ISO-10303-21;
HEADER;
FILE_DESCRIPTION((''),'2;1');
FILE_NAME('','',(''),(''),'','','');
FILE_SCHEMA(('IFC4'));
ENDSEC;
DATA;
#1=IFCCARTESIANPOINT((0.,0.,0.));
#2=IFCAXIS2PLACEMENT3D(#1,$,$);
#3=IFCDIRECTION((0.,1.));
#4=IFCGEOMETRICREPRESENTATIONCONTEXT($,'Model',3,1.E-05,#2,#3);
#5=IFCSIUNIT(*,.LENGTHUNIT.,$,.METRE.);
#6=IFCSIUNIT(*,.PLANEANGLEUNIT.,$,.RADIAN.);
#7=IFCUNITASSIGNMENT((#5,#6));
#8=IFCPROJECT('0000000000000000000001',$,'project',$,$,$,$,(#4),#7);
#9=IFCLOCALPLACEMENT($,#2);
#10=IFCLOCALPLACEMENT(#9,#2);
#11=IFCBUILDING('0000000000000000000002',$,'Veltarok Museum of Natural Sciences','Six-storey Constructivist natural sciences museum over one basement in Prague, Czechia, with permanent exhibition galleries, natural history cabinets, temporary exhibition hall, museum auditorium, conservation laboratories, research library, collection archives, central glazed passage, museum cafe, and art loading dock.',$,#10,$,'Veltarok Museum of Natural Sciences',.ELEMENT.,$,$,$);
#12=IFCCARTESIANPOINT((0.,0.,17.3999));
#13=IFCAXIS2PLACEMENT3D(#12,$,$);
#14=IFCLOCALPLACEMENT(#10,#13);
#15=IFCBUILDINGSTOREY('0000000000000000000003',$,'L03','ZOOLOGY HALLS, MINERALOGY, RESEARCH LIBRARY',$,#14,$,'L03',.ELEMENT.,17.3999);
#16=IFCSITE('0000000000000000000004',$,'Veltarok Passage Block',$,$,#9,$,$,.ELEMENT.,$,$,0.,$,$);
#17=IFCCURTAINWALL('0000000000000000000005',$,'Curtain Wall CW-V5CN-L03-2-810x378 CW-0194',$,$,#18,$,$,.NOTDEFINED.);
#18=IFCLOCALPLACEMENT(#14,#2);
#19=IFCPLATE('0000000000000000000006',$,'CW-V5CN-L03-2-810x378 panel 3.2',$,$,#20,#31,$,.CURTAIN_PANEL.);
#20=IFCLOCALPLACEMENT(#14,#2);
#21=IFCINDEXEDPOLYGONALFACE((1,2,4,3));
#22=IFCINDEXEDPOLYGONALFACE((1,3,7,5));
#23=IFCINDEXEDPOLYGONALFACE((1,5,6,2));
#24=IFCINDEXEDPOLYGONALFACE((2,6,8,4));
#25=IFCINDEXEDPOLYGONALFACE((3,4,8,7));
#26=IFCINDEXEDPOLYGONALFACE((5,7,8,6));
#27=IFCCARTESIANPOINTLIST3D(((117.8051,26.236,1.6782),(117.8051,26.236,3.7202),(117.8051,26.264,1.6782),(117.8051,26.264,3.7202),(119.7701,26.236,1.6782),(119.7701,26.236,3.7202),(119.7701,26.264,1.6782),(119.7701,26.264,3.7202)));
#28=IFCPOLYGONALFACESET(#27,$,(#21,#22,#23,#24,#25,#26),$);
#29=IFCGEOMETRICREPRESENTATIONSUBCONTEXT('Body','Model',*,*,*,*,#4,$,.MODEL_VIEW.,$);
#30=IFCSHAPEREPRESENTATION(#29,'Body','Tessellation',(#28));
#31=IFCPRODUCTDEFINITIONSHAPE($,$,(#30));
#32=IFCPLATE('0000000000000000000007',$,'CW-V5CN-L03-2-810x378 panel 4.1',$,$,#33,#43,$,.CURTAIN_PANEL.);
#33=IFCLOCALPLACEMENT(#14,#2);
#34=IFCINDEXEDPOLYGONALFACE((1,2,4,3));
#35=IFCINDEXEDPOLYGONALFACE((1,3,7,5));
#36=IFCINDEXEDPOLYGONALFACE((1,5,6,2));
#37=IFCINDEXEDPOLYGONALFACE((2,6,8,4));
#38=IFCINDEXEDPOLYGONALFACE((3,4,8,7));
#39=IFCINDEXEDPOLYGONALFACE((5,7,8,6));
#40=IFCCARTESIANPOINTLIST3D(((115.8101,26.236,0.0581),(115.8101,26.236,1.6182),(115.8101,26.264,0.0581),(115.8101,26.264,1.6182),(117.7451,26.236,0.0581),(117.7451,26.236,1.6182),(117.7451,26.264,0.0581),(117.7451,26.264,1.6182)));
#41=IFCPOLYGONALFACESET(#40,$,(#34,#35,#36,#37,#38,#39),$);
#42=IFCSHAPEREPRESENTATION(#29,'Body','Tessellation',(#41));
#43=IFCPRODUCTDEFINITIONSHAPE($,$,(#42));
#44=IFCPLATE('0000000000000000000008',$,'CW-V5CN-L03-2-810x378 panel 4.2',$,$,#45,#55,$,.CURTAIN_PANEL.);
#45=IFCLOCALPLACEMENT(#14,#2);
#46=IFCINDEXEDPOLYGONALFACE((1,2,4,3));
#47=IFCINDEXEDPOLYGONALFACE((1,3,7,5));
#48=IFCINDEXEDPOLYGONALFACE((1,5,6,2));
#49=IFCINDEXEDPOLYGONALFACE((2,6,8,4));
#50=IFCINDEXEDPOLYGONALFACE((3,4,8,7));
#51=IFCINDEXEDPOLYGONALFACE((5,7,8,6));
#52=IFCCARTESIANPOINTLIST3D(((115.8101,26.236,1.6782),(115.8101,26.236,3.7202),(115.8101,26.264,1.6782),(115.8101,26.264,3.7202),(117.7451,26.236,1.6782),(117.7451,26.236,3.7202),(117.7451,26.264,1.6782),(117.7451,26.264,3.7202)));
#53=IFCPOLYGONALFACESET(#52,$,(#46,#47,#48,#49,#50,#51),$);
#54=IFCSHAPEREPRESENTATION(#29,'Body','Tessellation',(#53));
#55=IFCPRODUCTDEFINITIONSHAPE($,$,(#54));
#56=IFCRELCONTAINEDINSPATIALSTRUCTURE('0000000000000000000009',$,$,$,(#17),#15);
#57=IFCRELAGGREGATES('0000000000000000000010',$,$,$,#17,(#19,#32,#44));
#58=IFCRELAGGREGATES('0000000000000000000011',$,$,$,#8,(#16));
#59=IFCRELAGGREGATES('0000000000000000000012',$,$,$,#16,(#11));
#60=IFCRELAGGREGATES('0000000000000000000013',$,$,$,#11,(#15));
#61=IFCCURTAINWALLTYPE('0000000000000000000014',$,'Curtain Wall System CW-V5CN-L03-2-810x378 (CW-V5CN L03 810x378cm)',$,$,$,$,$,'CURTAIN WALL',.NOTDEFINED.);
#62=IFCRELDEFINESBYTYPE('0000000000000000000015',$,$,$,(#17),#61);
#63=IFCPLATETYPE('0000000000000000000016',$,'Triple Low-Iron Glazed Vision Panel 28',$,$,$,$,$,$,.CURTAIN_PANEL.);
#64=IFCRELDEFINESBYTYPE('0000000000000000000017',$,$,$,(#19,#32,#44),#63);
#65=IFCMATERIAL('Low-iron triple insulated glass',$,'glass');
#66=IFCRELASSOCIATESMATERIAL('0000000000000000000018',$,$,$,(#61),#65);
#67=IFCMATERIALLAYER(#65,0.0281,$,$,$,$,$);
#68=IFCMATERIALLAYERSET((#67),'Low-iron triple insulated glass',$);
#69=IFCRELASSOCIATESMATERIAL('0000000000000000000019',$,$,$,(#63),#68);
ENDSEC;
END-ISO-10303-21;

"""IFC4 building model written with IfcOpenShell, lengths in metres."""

from ifc_helpers import new_model, si_unit, direction, frame, origin, origin_2d, place, context, subcontext, project, spatial, rectangle, extrude, material, layer, layer_set, type_object, element, aggregate, save


model = new_model("IFC4")

# Units and contexts
model_context = context("Model", 3, precision=1e-05, world=origin(), true_north=direction((0.0, 1.0)))
body_context = subcontext(model_context, "Body", "Model", "MODEL_VIEW")
ifc_project = project(units=[si_unit("LENGTHUNIT", "METRE"), si_unit("PLANEANGLEUNIT", "RADIAN")], contexts=[model_context])

# Site, building, storey
site_placement = place(None, origin())
site = spatial("IfcSite", under=ifc_project, at=site_placement, Name="Veltarok Passage Block", CompositionType="ELEMENT", RefElevation=0.0)
building_placement = place(site_placement, origin())
building = spatial("IfcBuilding", under=site, at=building_placement, Name="Veltarok Museum of Natural Sciences", Description="Six-storey Constructivist natural sciences museum over one basement in Prague, Czechia, with permanent exhibition galleries, natural history cabinets, temporary exhibition hall, museum auditorium, conservation laboratories, research library, collection archives, central glazed passage, museum cafe, and art loading dock.", LongName="Veltarok Museum of Natural Sciences", CompositionType="ELEMENT")
storey_placement = place(building_placement, frame((0.0, 0.0, 17.3999)))
storey = spatial("IfcBuildingStorey", under=building, at=storey_placement, Name="L03", Description="ZOOLOGY HALLS, MINERALOGY, RESEARCH LIBRARY", LongName="L03", CompositionType="ELEMENT", Elevation=17.3999)

# Curtain wall
ifc_material_1 = material(Name="Low-iron triple insulated glass", Category="glass")
curtain_wall_type_1 = type_object("IfcCurtainWallType", Name="Curtain Wall System CW-V5CN-L03-2-810x378 (CW-V5CN L03 810x378cm)", ElementType="CURTAIN WALL", PredefinedType="NOTDEFINED", material=ifc_material_1)
curtain_wall_1_placement = place(storey_placement, origin())
curtain_wall_1 = element("IfcCurtainWall", 1, at=curtain_wall_1_placement, inside=storey, type_object=curtain_wall_type_1, Name="Curtain Wall CW-V5CN-L03-2-810x378 CW-0194", PredefinedType="NOTDEFINED")

# Plates
ifc_layer = layer(ifc_material_1, 0.0281)
ifc_layer_set = layer_set([ifc_layer], Name="Low-iron triple insulated glass")
plate_type = type_object("IfcPlateType", Name="Triple Low-Iron Glazed Vision Panel 28", PredefinedType="CURTAIN_PANEL", material=ifc_layer_set)
plate_1_placement = place(storey_placement, frame((118.7876, 26.25, 1.6782), z_axis=(0.0, 0.0, 1.0), x_axis=(-1.0, 0.0, 0.0)))
plate_1 = element("IfcPlate", 2, at=plate_1_placement, type_object=plate_type, Name="CW-V5CN-L03-2-810x378 panel 3.2", PredefinedType="CURTAIN_PANEL", context=body_context, shape_type="SweptSolid", body=[
    extrude(rectangle(XDim=1.9651, YDim=0.0281, at=origin_2d()), origin(), (0.0, 0.0, 1.0), 2.042),
])
plate_2_placement = place(storey_placement, frame((116.7776, 26.25, 0.0581), z_axis=(0.0, 0.0, 1.0), x_axis=(-1.0, 0.0, 0.0)))
plate_2 = element("IfcPlate", 3, at=plate_2_placement, type_object=plate_type, Name="CW-V5CN-L03-2-810x378 panel 4.1", PredefinedType="CURTAIN_PANEL", context=body_context, shape_type="SweptSolid", body=[
    extrude(rectangle(XDim=1.9351, YDim=0.0281, at=origin_2d()), origin(), (0.0, 0.0, 1.0), 1.5601),
])
plate_3_placement = place(storey_placement, frame((116.7776, 26.25, 1.6782), z_axis=(0.0, 0.0, 1.0), x_axis=(-1.0, 0.0, 0.0)))
plate_3 = element("IfcPlate", 4, at=plate_3_placement, type_object=plate_type, Name="CW-V5CN-L03-2-810x378 panel 4.2", PredefinedType="CURTAIN_PANEL", context=body_context, shape_type="SweptSolid", body=[
    extrude(rectangle(XDim=1.9351, YDim=0.0281, at=origin_2d()), origin(), (0.0, 0.0, 1.0), 2.042),
])
aggregate(curtain_wall_1, [plate_1, plate_2, plate_3])

save(model, "model.ifc")
